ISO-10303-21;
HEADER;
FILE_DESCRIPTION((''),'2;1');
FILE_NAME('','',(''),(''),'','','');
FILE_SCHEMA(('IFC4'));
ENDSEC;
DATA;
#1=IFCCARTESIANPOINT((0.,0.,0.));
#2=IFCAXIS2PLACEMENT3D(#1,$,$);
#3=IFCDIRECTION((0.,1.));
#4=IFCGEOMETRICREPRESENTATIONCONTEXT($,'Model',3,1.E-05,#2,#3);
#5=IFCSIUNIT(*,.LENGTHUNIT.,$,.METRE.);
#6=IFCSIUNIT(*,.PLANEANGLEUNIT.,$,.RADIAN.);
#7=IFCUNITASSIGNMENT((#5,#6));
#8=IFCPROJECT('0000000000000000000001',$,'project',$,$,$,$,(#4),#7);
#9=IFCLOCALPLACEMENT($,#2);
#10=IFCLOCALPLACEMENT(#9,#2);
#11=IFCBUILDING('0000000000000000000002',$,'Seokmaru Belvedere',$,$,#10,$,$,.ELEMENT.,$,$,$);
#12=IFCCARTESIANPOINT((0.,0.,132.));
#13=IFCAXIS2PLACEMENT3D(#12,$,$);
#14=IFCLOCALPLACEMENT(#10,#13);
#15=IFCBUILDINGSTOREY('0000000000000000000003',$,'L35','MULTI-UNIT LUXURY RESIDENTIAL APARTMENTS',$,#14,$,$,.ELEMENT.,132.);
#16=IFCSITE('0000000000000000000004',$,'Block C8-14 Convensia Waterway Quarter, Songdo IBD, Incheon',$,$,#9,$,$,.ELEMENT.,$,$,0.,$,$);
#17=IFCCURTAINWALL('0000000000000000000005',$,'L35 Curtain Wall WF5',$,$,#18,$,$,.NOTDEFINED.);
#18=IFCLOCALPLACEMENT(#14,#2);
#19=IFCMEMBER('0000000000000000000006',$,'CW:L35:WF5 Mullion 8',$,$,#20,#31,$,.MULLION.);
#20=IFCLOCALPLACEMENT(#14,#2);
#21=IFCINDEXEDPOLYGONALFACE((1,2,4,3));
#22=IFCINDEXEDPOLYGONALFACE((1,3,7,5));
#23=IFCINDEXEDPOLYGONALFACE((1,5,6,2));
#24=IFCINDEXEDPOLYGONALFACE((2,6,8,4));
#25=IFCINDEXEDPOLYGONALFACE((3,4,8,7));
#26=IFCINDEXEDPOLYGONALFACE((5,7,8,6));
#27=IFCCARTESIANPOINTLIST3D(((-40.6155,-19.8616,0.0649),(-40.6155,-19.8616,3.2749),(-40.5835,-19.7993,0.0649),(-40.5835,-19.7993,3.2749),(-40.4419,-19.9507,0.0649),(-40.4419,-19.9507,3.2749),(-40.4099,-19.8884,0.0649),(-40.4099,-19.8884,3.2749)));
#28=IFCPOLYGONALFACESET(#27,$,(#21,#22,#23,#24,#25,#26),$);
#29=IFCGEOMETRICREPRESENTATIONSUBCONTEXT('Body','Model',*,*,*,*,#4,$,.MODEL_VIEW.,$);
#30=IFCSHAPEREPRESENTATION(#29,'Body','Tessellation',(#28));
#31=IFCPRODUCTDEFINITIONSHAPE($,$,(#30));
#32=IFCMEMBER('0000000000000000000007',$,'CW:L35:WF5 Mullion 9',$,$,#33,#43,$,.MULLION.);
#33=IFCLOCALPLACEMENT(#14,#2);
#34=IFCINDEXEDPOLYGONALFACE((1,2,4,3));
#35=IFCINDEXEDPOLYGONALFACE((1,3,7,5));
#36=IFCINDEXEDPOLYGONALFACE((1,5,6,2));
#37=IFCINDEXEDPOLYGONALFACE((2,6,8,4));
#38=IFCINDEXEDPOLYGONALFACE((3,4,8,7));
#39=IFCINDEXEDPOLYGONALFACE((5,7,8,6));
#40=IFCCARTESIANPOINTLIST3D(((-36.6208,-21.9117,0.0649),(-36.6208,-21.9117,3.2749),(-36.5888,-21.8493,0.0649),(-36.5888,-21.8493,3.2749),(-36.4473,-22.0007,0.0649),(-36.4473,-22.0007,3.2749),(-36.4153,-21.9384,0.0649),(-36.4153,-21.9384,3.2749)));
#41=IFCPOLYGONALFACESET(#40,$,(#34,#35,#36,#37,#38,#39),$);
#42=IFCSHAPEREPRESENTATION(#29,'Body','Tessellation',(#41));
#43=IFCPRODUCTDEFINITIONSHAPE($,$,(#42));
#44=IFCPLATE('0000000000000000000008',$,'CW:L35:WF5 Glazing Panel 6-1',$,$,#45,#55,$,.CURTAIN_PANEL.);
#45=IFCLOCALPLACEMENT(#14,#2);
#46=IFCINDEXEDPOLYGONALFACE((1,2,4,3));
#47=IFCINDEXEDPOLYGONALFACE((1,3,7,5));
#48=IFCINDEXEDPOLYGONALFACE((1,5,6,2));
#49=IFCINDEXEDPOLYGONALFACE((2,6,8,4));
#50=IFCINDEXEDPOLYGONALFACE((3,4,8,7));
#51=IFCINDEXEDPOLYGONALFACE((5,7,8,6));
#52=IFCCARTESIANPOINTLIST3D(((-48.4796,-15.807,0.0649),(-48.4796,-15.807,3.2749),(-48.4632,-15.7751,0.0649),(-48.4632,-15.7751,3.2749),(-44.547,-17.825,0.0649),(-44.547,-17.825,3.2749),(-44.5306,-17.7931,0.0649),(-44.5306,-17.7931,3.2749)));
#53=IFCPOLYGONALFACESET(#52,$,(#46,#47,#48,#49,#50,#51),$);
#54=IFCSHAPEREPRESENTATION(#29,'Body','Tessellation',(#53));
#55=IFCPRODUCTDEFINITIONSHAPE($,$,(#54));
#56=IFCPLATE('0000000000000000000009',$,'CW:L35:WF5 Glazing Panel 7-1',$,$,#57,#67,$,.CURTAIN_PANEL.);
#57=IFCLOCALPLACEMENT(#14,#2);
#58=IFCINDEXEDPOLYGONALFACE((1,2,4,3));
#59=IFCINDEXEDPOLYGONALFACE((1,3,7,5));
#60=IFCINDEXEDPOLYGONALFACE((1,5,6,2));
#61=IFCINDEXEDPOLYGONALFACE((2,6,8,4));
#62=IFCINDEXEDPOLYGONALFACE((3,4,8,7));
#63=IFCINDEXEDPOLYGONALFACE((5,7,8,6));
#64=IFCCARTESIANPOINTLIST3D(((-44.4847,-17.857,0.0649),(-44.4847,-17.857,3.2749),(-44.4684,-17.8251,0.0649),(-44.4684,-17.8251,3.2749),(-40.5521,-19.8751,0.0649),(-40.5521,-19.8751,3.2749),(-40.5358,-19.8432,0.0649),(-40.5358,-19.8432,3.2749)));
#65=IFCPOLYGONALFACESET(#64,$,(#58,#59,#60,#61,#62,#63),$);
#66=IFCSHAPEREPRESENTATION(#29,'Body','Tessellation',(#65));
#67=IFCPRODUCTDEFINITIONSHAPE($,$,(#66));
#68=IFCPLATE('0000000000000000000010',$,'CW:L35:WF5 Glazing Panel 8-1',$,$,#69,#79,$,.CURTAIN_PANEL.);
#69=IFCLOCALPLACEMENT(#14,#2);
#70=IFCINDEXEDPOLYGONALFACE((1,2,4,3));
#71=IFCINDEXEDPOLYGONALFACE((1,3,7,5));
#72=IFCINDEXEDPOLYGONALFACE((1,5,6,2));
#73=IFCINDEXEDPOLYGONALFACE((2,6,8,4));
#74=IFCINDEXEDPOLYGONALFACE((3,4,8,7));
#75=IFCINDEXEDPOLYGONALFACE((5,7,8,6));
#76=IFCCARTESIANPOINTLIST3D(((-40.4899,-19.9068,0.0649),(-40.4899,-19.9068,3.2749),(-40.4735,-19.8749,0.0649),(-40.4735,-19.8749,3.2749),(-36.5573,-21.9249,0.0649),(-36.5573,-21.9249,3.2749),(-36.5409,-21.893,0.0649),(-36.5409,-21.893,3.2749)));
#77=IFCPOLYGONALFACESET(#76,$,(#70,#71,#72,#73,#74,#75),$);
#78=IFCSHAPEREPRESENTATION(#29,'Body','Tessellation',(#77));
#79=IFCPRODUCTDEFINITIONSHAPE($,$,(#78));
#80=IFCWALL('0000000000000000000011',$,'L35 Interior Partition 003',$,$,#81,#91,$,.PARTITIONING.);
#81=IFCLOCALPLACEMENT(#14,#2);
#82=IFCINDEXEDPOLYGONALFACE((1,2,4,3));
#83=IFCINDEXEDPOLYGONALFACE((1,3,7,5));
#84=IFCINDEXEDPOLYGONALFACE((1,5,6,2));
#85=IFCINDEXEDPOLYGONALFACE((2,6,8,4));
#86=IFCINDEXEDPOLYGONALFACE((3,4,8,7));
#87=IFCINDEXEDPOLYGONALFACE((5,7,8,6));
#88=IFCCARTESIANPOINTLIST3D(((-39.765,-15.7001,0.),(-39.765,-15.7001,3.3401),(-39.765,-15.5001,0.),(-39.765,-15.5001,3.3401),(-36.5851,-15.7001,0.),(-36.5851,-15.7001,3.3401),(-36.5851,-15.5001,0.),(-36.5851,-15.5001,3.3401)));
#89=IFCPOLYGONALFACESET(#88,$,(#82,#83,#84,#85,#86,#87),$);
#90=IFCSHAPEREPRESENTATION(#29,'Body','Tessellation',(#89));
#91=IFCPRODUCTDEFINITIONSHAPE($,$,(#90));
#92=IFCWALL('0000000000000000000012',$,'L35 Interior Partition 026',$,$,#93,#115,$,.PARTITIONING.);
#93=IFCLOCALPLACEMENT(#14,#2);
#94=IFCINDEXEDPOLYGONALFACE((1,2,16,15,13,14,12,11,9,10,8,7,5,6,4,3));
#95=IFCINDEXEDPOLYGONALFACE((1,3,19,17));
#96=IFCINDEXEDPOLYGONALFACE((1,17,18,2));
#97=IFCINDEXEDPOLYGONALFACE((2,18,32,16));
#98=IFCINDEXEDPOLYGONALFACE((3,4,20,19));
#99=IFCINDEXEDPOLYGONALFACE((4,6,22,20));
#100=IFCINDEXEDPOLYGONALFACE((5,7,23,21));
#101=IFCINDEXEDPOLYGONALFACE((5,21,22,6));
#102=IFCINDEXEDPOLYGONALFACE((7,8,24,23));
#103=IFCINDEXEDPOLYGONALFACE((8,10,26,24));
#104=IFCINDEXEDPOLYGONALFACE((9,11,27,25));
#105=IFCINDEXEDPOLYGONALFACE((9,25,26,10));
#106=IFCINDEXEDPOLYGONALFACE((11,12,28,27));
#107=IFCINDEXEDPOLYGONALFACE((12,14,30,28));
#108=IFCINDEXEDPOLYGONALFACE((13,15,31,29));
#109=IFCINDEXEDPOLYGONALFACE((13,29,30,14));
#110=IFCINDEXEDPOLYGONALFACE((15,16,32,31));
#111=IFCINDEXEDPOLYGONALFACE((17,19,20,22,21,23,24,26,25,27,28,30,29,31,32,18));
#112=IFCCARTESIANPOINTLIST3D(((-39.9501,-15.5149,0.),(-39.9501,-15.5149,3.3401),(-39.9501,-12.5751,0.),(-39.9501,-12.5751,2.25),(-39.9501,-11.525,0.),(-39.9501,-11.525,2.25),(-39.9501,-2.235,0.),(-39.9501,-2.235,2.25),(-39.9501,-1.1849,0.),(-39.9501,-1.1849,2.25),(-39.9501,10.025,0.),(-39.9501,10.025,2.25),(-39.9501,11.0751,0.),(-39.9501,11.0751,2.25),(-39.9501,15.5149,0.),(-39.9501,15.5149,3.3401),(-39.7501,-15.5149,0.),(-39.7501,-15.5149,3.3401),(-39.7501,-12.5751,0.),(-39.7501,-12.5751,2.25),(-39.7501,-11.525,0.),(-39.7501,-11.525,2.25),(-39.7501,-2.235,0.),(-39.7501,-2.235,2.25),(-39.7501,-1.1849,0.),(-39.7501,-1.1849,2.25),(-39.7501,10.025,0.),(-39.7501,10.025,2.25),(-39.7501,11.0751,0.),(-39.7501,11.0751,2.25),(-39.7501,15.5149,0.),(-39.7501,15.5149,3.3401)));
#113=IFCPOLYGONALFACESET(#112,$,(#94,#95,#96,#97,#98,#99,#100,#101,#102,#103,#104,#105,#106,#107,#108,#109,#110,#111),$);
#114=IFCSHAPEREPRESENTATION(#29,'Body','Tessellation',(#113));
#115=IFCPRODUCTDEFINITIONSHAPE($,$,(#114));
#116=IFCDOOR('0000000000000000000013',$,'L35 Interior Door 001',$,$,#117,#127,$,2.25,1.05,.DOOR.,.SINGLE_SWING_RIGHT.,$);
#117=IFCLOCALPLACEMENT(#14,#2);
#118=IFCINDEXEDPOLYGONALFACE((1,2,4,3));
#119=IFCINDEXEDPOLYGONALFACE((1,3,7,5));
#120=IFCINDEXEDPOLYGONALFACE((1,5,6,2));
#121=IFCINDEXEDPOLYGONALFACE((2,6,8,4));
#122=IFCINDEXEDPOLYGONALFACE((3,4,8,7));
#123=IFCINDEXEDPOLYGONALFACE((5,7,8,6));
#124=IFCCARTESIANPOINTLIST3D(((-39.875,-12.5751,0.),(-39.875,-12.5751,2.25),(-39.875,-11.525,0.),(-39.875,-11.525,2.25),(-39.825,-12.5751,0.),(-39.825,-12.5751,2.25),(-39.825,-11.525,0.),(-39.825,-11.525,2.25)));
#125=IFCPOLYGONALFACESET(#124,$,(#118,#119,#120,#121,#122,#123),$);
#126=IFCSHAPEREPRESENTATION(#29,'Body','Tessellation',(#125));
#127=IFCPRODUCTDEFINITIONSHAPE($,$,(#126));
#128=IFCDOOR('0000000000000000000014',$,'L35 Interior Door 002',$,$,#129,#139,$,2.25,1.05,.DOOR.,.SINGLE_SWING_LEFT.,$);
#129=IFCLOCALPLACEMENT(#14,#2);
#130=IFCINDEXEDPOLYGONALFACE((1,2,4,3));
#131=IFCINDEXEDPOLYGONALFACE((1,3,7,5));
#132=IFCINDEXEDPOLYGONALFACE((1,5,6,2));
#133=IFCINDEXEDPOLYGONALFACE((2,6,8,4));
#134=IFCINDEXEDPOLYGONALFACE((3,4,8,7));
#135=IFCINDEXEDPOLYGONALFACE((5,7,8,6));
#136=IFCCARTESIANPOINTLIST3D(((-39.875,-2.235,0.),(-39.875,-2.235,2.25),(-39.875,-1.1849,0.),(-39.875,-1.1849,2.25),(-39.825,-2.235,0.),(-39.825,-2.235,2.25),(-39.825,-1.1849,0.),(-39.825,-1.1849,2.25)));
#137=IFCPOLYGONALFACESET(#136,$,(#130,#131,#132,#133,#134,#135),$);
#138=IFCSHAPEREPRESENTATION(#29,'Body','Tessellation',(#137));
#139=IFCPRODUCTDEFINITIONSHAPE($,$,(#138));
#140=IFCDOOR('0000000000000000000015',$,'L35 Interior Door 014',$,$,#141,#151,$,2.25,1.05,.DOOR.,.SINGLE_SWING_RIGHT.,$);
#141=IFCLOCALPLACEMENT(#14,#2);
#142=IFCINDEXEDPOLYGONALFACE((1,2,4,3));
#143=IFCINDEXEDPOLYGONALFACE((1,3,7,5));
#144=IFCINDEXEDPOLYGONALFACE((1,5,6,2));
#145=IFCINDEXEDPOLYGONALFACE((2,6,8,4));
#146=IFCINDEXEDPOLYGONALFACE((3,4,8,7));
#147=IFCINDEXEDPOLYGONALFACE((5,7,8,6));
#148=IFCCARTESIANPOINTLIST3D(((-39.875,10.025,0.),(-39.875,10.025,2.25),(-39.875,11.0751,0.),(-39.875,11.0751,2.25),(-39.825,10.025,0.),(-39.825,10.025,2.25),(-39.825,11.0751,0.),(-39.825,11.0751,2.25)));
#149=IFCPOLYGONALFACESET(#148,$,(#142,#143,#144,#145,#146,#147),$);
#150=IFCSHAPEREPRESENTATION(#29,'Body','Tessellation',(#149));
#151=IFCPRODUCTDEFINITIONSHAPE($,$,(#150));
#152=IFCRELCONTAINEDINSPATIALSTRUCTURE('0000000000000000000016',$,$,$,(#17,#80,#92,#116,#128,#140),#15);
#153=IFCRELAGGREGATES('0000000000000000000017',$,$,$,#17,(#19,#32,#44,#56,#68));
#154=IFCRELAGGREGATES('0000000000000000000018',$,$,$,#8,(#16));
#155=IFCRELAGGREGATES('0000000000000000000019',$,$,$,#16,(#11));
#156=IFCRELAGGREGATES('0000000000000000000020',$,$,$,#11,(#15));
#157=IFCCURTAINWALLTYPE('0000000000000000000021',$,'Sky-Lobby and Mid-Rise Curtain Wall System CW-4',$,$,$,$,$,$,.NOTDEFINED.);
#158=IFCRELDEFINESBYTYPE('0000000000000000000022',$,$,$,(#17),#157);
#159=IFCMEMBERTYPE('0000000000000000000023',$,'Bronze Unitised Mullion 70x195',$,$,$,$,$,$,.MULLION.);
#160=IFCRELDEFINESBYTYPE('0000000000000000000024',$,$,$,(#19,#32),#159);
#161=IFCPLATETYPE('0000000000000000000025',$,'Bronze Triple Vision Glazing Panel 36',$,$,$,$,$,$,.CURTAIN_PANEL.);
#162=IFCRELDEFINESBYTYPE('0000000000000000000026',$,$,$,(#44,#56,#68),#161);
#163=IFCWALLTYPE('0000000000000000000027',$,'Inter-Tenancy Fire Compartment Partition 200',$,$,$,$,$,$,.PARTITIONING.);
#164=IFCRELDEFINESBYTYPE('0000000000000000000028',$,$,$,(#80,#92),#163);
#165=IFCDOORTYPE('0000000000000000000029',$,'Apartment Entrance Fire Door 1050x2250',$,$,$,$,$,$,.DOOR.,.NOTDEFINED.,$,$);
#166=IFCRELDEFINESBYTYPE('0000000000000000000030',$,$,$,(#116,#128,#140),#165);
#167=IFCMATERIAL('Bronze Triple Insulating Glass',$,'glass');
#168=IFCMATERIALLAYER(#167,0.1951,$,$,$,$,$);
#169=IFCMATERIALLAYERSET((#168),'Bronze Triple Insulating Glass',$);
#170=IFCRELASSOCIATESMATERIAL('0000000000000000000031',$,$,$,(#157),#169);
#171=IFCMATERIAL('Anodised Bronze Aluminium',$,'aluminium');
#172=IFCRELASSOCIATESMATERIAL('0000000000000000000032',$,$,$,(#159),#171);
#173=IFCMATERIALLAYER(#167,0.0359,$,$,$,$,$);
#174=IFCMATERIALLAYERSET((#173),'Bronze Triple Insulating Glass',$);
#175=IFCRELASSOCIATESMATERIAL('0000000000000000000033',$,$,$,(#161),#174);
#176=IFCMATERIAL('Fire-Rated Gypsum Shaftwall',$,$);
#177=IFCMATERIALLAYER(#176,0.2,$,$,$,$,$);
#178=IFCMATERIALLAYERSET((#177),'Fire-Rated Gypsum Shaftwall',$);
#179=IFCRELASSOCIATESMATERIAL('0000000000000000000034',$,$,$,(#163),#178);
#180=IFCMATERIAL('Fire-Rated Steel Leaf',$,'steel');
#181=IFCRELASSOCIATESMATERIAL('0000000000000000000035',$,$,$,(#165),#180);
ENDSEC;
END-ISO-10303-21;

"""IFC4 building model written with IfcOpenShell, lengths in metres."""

from ifc_helpers import new_model, si_unit, direction, frame, frame_2d, origin, origin_2d, place, context, subcontext, project, spatial, rectangle, extrude, source, transform, mapped, material, layer, layer_set, material_profile, profile_set, type_object, type_shapes, element, fill, aggregate, save


model = new_model("IFC4")

# Units and contexts
model_context = context("Model", 3, precision=1e-05, world=origin(), true_north=direction((0.0, 1.0)))
body_context = subcontext(model_context, "Body", "Model", "MODEL_VIEW")
ifc_project = project(units=[si_unit("LENGTHUNIT", "METRE"), si_unit("PLANEANGLEUNIT", "RADIAN")], contexts=[model_context])

# Site, building, storey
site_placement = place(None, origin())
site = spatial("IfcSite", under=ifc_project, at=site_placement, Name="Block C8-14 Convensia Waterway Quarter, Songdo IBD, Incheon", CompositionType="ELEMENT", RefElevation=0.0)
building_placement = place(site_placement, origin())
building = spatial("IfcBuilding", under=site, at=building_placement, Name="Seokmaru Belvedere", CompositionType="ELEMENT")
storey_placement = place(building_placement, frame((0.0, 0.0, 132.0)))
storey = spatial("IfcBuildingStorey", under=building, at=storey_placement, Name="L35", Description="MULTI-UNIT LUXURY RESIDENTIAL APARTMENTS", CompositionType="ELEMENT", Elevation=132.0)

# Curtain wall, members, plates
ifc_material_1 = material(Name="Bronze Triple Insulating Glass", Category="glass")
ifc_layer_1 = layer(ifc_material_1, 0.1951)
ifc_layer_set_1 = layer_set([ifc_layer_1], Name="Bronze Triple Insulating Glass")
curtain_wall_type = type_object("IfcCurtainWallType", Name="Sky-Lobby and Mid-Rise Curtain Wall System CW-4", PredefinedType="NOTDEFINED", material=ifc_layer_set_1)
curtain_wall_placement = place(storey_placement, origin())
curtain_wall = element("IfcCurtainWall", 1, at=curtain_wall_placement, inside=storey, type_object=curtain_wall_type, Name="L35 Curtain Wall WF5", PredefinedType="NOTDEFINED")
ifc_material_2 = material(Name="Anodised Bronze Aluminium", Category="aluminium")
ifc_material_profile_1 = material_profile(ifc_material_2, rectangle(XDim=0.0701, YDim=0.1951, at=origin_2d()), Name="CW-M-70x195")
ifc_profile_set_1 = profile_set([ifc_material_profile_1], Name="Anodised Bronze Aluminium")
member_type = type_object("IfcMemberType", Name="Bronze Unitised Mullion 70x195", PredefinedType="MULLION", material=ifc_profile_set_1)
shared_shape_1 = source(origin(), body_context, "Body", "SweptSolid", [
    extrude(rectangle(XDim=0.0701, YDim=0.1951, at=origin_2d()), origin(), (0.0, 0.0, 1.0), 3.21),
])
type_shapes(member_type, [shared_shape_1])
member_1_placement = place(storey_placement, frame((-40.5127, -19.875, 0.0649), z_axis=(0.0, 0.0, 1.0), x_axis=(0.456555, 0.889695, 0.0)))
member_1 = element("IfcMember", 2, at=member_1_placement, type_object=member_type, Name="CW:L35:WF5 Mullion 8", PredefinedType="MULLION", context=body_context, shape_type="MappedRepresentation", body=[
    mapped(shared_shape_1, transform((0.0, 0.0, 0.0), scale=1.0)),
])
member_2_placement = place(storey_placement, frame((-36.5181, -21.925, 0.0649), z_axis=(0.0, 0.0, 1.0), x_axis=(0.456555, 0.889695, 0.0)))
member_2 = element("IfcMember", 3, at=member_2_placement, type_object=member_type, Name="CW:L35:WF5 Mullion 9", PredefinedType="MULLION", context=body_context, shape_type="MappedRepresentation", body=[
    mapped(shared_shape_1, transform((0.0, 0.0, 0.0), scale=1.0)),
])
ifc_layer_2 = layer(ifc_material_1, 0.0359)
ifc_layer_set_2 = layer_set([ifc_layer_2], Name="Bronze Triple Insulating Glass")
plate_type = type_object("IfcPlateType", Name="Bronze Triple Vision Glazing Panel 36", PredefinedType="CURTAIN_PANEL", material=ifc_layer_set_2)
shared_shape_2 = source(origin(), body_context, "Body", "SweptSolid", [
    extrude(rectangle(XDim=4.4202, YDim=0.0359, at=origin_2d()), origin(), (0.0, 0.0, 1.0), 3.21),
])
type_shapes(plate_type, [shared_shape_2])
plate_1_placement = place(storey_placement, frame((-46.5051, -16.8, 0.0649), z_axis=(0.0, 0.0, 1.0), x_axis=(0.889695, -0.456555, 0.0)))
plate_1 = element("IfcPlate", 4, at=plate_1_placement, type_object=plate_type, Name="CW:L35:WF5 Glazing Panel 6-1", PredefinedType="CURTAIN_PANEL", context=body_context, shape_type="MappedRepresentation", body=[
    mapped(shared_shape_2, transform((0.0, 0.0, 0.0), scale=1.0)),
])
plate_2_placement = place(storey_placement, frame((-42.5103, -18.8501, 0.0649), z_axis=(0.0, 0.0, 1.0), x_axis=(0.889695, -0.456555, 0.0)))
plate_2 = element("IfcPlate", 5, at=plate_2_placement, type_object=plate_type, Name="CW:L35:WF5 Glazing Panel 7-1", PredefinedType="CURTAIN_PANEL", context=body_context, shape_type="MappedRepresentation", body=[
    mapped(shared_shape_2, transform((0.0, 0.0, 0.0), scale=1.0)),
])
plate_3_placement = place(storey_placement, frame((-38.5154, -20.8999, 0.0649), z_axis=(0.0, 0.0, 1.0), x_axis=(0.889695, -0.456555, 0.0)))
plate_3 = element("IfcPlate", 6, at=plate_3_placement, type_object=plate_type, Name="CW:L35:WF5 Glazing Panel 8-1", PredefinedType="CURTAIN_PANEL", context=body_context, shape_type="MappedRepresentation", body=[
    mapped(shared_shape_2, transform((0.0, 0.0, 0.0), scale=1.0)),
])
aggregate(curtain_wall, [member_1, member_2, plate_1, plate_2, plate_3])

# Wall
ifc_material_3 = material(Name="Fire-Rated Gypsum Shaftwall")
ifc_layer_3 = layer(ifc_material_3, 0.2)
ifc_layer_set_3 = layer_set([ifc_layer_3], Name="Fire-Rated Gypsum Shaftwall")
wall_type_1 = type_object("IfcWallType", Name="Inter-Tenancy Fire Compartment Partition 200", PredefinedType="PARTITIONING", material=ifc_layer_set_3)
wall_1_placement = place(storey_placement, frame((-39.7649, -15.6001, 0.0), z_axis=(0.0, 0.0, 1.0), x_axis=(1.0, 0.0, 0.0)))
element("IfcWall", 7, at=wall_1_placement, inside=storey, type_object=wall_type_1, Name="L35 Interior Partition 003", PredefinedType="PARTITIONING", context=body_context, shape_type="SweptSolid", body=[
    extrude(rectangle(XDim=3.1799, YDim=0.2, at=frame_2d((1.5898, 0.0))), origin(), (0.0, 0.0, 1.0), 3.3401),
])

# Wall, openings, doors
wall_2_placement = place(storey_placement, frame((-39.8501, -15.5149, 0.0), z_axis=(0.0, 0.0, 1.0), x_axis=(0.0, 1.0, 0.0)))
wall_2 = element("IfcWall", 8, at=wall_2_placement, inside=storey, type_object=wall_type_1, Name="L35 Interior Partition 026", PredefinedType="PARTITIONING", context=body_context, shape_type="SweptSolid", body=[
    extrude(rectangle(XDim=31.0298, YDim=0.2, at=frame_2d((15.5149, 0.0))), origin(), (0.0, 0.0, 1.0), 3.3401),
])
opening_1_placement = place(wall_2_placement, frame((2.9399, 0.0, 0.0)))
opening_1 = element("IfcOpeningElement", 9, at=opening_1_placement, cuts=wall_2, PredefinedType="OPENING", context=body_context, shape_type="SweptSolid", body=[
    extrude(rectangle(XDim=1.05, YDim=2.25, at=frame_2d((0.5249, 1.125))), frame((0.0, 0.1099, 0.0), z_axis=(0.0, -1.0, 0.0), x_axis=(1.0, 0.0, 0.0)), (0.0, 0.0, 1.0), 0.22),
])
opening_2_placement = place(wall_2_placement, frame((13.28, 0.0, 0.0)))
opening_2 = element("IfcOpeningElement", 10, at=opening_2_placement, cuts=wall_2, PredefinedType="OPENING", context=body_context, shape_type="SweptSolid", body=[
    extrude(rectangle(XDim=1.05, YDim=2.25, at=frame_2d((0.5249, 1.125))), frame((0.0, 0.1099, 0.0), z_axis=(0.0, -1.0, 0.0), x_axis=(1.0, 0.0, 0.0)), (0.0, 0.0, 1.0), 0.22),
])
opening_3_placement = place(wall_2_placement, frame((25.54, 0.0, 0.0)))
opening_3 = element("IfcOpeningElement", 11, at=opening_3_placement, cuts=wall_2, PredefinedType="OPENING", context=body_context, shape_type="SweptSolid", body=[
    extrude(rectangle(XDim=1.05, YDim=2.25, at=frame_2d((0.5249, 1.125))), frame((0.0, 0.1099, 0.0), z_axis=(0.0, -1.0, 0.0), x_axis=(1.0, 0.0, 0.0)), (0.0, 0.0, 1.0), 0.22),
])
ifc_material_4 = material(Name="Fire-Rated Steel Leaf", Category="steel")
door_type_1 = type_object("IfcDoorType", Name="Apartment Entrance Fire Door 1050x2250", OperationType="NOTDEFINED", PredefinedType="DOOR", material=ifc_material_4)
shared_shape_3 = source(origin(), body_context, "Body", "SweptSolid", [
    extrude(rectangle(XDim=1.05, YDim=2.25, at=frame_2d((0.5249, 1.125))), frame((0.0, 0.0249, 0.0), z_axis=(0.0, -1.0, 0.0), x_axis=(1.0, 0.0, 0.0)), (0.0, 0.0, 1.0), 0.05),
])
type_shapes(door_type_1, [shared_shape_3])
door_1_placement = place(opening_1_placement, origin())
door_1 = element("IfcDoor", 12, at=door_1_placement, inside=storey, type_object=door_type_1, Name="L35 Interior Door 001", OperationType="SINGLE_SWING_RIGHT", OverallHeight=2.25, OverallWidth=1.05, PredefinedType="DOOR", context=body_context, shape_type="MappedRepresentation", body=[
    mapped(shared_shape_3, transform((0.0, 0.0, 0.0), scale=1.0)),
])
fill(opening_1, door_1)
door_2_placement = place(opening_2_placement, origin())
door_2 = element("IfcDoor", 13, at=door_2_placement, inside=storey, type_object=door_type_1, Name="L35 Interior Door 002", OperationType="SINGLE_SWING_LEFT", OverallHeight=2.25, OverallWidth=1.05, PredefinedType="DOOR", context=body_context, shape_type="MappedRepresentation", body=[
    mapped(shared_shape_3, transform((0.0, 0.0, 0.0), scale=1.0)),
])
fill(opening_2, door_2)
door_3_placement = place(opening_3_placement, origin())
door_3 = element("IfcDoor", 14, at=door_3_placement, inside=storey, type_object=door_type_1, Name="L35 Interior Door 014", OperationType="SINGLE_SWING_RIGHT", OverallHeight=2.25, OverallWidth=1.05, PredefinedType="DOOR", context=body_context, shape_type="MappedRepresentation", body=[
    mapped(shared_shape_3, transform((0.0, 0.0, 0.0), scale=1.0)),
])
fill(opening_3, door_3)

save(model, "model.ifc")
